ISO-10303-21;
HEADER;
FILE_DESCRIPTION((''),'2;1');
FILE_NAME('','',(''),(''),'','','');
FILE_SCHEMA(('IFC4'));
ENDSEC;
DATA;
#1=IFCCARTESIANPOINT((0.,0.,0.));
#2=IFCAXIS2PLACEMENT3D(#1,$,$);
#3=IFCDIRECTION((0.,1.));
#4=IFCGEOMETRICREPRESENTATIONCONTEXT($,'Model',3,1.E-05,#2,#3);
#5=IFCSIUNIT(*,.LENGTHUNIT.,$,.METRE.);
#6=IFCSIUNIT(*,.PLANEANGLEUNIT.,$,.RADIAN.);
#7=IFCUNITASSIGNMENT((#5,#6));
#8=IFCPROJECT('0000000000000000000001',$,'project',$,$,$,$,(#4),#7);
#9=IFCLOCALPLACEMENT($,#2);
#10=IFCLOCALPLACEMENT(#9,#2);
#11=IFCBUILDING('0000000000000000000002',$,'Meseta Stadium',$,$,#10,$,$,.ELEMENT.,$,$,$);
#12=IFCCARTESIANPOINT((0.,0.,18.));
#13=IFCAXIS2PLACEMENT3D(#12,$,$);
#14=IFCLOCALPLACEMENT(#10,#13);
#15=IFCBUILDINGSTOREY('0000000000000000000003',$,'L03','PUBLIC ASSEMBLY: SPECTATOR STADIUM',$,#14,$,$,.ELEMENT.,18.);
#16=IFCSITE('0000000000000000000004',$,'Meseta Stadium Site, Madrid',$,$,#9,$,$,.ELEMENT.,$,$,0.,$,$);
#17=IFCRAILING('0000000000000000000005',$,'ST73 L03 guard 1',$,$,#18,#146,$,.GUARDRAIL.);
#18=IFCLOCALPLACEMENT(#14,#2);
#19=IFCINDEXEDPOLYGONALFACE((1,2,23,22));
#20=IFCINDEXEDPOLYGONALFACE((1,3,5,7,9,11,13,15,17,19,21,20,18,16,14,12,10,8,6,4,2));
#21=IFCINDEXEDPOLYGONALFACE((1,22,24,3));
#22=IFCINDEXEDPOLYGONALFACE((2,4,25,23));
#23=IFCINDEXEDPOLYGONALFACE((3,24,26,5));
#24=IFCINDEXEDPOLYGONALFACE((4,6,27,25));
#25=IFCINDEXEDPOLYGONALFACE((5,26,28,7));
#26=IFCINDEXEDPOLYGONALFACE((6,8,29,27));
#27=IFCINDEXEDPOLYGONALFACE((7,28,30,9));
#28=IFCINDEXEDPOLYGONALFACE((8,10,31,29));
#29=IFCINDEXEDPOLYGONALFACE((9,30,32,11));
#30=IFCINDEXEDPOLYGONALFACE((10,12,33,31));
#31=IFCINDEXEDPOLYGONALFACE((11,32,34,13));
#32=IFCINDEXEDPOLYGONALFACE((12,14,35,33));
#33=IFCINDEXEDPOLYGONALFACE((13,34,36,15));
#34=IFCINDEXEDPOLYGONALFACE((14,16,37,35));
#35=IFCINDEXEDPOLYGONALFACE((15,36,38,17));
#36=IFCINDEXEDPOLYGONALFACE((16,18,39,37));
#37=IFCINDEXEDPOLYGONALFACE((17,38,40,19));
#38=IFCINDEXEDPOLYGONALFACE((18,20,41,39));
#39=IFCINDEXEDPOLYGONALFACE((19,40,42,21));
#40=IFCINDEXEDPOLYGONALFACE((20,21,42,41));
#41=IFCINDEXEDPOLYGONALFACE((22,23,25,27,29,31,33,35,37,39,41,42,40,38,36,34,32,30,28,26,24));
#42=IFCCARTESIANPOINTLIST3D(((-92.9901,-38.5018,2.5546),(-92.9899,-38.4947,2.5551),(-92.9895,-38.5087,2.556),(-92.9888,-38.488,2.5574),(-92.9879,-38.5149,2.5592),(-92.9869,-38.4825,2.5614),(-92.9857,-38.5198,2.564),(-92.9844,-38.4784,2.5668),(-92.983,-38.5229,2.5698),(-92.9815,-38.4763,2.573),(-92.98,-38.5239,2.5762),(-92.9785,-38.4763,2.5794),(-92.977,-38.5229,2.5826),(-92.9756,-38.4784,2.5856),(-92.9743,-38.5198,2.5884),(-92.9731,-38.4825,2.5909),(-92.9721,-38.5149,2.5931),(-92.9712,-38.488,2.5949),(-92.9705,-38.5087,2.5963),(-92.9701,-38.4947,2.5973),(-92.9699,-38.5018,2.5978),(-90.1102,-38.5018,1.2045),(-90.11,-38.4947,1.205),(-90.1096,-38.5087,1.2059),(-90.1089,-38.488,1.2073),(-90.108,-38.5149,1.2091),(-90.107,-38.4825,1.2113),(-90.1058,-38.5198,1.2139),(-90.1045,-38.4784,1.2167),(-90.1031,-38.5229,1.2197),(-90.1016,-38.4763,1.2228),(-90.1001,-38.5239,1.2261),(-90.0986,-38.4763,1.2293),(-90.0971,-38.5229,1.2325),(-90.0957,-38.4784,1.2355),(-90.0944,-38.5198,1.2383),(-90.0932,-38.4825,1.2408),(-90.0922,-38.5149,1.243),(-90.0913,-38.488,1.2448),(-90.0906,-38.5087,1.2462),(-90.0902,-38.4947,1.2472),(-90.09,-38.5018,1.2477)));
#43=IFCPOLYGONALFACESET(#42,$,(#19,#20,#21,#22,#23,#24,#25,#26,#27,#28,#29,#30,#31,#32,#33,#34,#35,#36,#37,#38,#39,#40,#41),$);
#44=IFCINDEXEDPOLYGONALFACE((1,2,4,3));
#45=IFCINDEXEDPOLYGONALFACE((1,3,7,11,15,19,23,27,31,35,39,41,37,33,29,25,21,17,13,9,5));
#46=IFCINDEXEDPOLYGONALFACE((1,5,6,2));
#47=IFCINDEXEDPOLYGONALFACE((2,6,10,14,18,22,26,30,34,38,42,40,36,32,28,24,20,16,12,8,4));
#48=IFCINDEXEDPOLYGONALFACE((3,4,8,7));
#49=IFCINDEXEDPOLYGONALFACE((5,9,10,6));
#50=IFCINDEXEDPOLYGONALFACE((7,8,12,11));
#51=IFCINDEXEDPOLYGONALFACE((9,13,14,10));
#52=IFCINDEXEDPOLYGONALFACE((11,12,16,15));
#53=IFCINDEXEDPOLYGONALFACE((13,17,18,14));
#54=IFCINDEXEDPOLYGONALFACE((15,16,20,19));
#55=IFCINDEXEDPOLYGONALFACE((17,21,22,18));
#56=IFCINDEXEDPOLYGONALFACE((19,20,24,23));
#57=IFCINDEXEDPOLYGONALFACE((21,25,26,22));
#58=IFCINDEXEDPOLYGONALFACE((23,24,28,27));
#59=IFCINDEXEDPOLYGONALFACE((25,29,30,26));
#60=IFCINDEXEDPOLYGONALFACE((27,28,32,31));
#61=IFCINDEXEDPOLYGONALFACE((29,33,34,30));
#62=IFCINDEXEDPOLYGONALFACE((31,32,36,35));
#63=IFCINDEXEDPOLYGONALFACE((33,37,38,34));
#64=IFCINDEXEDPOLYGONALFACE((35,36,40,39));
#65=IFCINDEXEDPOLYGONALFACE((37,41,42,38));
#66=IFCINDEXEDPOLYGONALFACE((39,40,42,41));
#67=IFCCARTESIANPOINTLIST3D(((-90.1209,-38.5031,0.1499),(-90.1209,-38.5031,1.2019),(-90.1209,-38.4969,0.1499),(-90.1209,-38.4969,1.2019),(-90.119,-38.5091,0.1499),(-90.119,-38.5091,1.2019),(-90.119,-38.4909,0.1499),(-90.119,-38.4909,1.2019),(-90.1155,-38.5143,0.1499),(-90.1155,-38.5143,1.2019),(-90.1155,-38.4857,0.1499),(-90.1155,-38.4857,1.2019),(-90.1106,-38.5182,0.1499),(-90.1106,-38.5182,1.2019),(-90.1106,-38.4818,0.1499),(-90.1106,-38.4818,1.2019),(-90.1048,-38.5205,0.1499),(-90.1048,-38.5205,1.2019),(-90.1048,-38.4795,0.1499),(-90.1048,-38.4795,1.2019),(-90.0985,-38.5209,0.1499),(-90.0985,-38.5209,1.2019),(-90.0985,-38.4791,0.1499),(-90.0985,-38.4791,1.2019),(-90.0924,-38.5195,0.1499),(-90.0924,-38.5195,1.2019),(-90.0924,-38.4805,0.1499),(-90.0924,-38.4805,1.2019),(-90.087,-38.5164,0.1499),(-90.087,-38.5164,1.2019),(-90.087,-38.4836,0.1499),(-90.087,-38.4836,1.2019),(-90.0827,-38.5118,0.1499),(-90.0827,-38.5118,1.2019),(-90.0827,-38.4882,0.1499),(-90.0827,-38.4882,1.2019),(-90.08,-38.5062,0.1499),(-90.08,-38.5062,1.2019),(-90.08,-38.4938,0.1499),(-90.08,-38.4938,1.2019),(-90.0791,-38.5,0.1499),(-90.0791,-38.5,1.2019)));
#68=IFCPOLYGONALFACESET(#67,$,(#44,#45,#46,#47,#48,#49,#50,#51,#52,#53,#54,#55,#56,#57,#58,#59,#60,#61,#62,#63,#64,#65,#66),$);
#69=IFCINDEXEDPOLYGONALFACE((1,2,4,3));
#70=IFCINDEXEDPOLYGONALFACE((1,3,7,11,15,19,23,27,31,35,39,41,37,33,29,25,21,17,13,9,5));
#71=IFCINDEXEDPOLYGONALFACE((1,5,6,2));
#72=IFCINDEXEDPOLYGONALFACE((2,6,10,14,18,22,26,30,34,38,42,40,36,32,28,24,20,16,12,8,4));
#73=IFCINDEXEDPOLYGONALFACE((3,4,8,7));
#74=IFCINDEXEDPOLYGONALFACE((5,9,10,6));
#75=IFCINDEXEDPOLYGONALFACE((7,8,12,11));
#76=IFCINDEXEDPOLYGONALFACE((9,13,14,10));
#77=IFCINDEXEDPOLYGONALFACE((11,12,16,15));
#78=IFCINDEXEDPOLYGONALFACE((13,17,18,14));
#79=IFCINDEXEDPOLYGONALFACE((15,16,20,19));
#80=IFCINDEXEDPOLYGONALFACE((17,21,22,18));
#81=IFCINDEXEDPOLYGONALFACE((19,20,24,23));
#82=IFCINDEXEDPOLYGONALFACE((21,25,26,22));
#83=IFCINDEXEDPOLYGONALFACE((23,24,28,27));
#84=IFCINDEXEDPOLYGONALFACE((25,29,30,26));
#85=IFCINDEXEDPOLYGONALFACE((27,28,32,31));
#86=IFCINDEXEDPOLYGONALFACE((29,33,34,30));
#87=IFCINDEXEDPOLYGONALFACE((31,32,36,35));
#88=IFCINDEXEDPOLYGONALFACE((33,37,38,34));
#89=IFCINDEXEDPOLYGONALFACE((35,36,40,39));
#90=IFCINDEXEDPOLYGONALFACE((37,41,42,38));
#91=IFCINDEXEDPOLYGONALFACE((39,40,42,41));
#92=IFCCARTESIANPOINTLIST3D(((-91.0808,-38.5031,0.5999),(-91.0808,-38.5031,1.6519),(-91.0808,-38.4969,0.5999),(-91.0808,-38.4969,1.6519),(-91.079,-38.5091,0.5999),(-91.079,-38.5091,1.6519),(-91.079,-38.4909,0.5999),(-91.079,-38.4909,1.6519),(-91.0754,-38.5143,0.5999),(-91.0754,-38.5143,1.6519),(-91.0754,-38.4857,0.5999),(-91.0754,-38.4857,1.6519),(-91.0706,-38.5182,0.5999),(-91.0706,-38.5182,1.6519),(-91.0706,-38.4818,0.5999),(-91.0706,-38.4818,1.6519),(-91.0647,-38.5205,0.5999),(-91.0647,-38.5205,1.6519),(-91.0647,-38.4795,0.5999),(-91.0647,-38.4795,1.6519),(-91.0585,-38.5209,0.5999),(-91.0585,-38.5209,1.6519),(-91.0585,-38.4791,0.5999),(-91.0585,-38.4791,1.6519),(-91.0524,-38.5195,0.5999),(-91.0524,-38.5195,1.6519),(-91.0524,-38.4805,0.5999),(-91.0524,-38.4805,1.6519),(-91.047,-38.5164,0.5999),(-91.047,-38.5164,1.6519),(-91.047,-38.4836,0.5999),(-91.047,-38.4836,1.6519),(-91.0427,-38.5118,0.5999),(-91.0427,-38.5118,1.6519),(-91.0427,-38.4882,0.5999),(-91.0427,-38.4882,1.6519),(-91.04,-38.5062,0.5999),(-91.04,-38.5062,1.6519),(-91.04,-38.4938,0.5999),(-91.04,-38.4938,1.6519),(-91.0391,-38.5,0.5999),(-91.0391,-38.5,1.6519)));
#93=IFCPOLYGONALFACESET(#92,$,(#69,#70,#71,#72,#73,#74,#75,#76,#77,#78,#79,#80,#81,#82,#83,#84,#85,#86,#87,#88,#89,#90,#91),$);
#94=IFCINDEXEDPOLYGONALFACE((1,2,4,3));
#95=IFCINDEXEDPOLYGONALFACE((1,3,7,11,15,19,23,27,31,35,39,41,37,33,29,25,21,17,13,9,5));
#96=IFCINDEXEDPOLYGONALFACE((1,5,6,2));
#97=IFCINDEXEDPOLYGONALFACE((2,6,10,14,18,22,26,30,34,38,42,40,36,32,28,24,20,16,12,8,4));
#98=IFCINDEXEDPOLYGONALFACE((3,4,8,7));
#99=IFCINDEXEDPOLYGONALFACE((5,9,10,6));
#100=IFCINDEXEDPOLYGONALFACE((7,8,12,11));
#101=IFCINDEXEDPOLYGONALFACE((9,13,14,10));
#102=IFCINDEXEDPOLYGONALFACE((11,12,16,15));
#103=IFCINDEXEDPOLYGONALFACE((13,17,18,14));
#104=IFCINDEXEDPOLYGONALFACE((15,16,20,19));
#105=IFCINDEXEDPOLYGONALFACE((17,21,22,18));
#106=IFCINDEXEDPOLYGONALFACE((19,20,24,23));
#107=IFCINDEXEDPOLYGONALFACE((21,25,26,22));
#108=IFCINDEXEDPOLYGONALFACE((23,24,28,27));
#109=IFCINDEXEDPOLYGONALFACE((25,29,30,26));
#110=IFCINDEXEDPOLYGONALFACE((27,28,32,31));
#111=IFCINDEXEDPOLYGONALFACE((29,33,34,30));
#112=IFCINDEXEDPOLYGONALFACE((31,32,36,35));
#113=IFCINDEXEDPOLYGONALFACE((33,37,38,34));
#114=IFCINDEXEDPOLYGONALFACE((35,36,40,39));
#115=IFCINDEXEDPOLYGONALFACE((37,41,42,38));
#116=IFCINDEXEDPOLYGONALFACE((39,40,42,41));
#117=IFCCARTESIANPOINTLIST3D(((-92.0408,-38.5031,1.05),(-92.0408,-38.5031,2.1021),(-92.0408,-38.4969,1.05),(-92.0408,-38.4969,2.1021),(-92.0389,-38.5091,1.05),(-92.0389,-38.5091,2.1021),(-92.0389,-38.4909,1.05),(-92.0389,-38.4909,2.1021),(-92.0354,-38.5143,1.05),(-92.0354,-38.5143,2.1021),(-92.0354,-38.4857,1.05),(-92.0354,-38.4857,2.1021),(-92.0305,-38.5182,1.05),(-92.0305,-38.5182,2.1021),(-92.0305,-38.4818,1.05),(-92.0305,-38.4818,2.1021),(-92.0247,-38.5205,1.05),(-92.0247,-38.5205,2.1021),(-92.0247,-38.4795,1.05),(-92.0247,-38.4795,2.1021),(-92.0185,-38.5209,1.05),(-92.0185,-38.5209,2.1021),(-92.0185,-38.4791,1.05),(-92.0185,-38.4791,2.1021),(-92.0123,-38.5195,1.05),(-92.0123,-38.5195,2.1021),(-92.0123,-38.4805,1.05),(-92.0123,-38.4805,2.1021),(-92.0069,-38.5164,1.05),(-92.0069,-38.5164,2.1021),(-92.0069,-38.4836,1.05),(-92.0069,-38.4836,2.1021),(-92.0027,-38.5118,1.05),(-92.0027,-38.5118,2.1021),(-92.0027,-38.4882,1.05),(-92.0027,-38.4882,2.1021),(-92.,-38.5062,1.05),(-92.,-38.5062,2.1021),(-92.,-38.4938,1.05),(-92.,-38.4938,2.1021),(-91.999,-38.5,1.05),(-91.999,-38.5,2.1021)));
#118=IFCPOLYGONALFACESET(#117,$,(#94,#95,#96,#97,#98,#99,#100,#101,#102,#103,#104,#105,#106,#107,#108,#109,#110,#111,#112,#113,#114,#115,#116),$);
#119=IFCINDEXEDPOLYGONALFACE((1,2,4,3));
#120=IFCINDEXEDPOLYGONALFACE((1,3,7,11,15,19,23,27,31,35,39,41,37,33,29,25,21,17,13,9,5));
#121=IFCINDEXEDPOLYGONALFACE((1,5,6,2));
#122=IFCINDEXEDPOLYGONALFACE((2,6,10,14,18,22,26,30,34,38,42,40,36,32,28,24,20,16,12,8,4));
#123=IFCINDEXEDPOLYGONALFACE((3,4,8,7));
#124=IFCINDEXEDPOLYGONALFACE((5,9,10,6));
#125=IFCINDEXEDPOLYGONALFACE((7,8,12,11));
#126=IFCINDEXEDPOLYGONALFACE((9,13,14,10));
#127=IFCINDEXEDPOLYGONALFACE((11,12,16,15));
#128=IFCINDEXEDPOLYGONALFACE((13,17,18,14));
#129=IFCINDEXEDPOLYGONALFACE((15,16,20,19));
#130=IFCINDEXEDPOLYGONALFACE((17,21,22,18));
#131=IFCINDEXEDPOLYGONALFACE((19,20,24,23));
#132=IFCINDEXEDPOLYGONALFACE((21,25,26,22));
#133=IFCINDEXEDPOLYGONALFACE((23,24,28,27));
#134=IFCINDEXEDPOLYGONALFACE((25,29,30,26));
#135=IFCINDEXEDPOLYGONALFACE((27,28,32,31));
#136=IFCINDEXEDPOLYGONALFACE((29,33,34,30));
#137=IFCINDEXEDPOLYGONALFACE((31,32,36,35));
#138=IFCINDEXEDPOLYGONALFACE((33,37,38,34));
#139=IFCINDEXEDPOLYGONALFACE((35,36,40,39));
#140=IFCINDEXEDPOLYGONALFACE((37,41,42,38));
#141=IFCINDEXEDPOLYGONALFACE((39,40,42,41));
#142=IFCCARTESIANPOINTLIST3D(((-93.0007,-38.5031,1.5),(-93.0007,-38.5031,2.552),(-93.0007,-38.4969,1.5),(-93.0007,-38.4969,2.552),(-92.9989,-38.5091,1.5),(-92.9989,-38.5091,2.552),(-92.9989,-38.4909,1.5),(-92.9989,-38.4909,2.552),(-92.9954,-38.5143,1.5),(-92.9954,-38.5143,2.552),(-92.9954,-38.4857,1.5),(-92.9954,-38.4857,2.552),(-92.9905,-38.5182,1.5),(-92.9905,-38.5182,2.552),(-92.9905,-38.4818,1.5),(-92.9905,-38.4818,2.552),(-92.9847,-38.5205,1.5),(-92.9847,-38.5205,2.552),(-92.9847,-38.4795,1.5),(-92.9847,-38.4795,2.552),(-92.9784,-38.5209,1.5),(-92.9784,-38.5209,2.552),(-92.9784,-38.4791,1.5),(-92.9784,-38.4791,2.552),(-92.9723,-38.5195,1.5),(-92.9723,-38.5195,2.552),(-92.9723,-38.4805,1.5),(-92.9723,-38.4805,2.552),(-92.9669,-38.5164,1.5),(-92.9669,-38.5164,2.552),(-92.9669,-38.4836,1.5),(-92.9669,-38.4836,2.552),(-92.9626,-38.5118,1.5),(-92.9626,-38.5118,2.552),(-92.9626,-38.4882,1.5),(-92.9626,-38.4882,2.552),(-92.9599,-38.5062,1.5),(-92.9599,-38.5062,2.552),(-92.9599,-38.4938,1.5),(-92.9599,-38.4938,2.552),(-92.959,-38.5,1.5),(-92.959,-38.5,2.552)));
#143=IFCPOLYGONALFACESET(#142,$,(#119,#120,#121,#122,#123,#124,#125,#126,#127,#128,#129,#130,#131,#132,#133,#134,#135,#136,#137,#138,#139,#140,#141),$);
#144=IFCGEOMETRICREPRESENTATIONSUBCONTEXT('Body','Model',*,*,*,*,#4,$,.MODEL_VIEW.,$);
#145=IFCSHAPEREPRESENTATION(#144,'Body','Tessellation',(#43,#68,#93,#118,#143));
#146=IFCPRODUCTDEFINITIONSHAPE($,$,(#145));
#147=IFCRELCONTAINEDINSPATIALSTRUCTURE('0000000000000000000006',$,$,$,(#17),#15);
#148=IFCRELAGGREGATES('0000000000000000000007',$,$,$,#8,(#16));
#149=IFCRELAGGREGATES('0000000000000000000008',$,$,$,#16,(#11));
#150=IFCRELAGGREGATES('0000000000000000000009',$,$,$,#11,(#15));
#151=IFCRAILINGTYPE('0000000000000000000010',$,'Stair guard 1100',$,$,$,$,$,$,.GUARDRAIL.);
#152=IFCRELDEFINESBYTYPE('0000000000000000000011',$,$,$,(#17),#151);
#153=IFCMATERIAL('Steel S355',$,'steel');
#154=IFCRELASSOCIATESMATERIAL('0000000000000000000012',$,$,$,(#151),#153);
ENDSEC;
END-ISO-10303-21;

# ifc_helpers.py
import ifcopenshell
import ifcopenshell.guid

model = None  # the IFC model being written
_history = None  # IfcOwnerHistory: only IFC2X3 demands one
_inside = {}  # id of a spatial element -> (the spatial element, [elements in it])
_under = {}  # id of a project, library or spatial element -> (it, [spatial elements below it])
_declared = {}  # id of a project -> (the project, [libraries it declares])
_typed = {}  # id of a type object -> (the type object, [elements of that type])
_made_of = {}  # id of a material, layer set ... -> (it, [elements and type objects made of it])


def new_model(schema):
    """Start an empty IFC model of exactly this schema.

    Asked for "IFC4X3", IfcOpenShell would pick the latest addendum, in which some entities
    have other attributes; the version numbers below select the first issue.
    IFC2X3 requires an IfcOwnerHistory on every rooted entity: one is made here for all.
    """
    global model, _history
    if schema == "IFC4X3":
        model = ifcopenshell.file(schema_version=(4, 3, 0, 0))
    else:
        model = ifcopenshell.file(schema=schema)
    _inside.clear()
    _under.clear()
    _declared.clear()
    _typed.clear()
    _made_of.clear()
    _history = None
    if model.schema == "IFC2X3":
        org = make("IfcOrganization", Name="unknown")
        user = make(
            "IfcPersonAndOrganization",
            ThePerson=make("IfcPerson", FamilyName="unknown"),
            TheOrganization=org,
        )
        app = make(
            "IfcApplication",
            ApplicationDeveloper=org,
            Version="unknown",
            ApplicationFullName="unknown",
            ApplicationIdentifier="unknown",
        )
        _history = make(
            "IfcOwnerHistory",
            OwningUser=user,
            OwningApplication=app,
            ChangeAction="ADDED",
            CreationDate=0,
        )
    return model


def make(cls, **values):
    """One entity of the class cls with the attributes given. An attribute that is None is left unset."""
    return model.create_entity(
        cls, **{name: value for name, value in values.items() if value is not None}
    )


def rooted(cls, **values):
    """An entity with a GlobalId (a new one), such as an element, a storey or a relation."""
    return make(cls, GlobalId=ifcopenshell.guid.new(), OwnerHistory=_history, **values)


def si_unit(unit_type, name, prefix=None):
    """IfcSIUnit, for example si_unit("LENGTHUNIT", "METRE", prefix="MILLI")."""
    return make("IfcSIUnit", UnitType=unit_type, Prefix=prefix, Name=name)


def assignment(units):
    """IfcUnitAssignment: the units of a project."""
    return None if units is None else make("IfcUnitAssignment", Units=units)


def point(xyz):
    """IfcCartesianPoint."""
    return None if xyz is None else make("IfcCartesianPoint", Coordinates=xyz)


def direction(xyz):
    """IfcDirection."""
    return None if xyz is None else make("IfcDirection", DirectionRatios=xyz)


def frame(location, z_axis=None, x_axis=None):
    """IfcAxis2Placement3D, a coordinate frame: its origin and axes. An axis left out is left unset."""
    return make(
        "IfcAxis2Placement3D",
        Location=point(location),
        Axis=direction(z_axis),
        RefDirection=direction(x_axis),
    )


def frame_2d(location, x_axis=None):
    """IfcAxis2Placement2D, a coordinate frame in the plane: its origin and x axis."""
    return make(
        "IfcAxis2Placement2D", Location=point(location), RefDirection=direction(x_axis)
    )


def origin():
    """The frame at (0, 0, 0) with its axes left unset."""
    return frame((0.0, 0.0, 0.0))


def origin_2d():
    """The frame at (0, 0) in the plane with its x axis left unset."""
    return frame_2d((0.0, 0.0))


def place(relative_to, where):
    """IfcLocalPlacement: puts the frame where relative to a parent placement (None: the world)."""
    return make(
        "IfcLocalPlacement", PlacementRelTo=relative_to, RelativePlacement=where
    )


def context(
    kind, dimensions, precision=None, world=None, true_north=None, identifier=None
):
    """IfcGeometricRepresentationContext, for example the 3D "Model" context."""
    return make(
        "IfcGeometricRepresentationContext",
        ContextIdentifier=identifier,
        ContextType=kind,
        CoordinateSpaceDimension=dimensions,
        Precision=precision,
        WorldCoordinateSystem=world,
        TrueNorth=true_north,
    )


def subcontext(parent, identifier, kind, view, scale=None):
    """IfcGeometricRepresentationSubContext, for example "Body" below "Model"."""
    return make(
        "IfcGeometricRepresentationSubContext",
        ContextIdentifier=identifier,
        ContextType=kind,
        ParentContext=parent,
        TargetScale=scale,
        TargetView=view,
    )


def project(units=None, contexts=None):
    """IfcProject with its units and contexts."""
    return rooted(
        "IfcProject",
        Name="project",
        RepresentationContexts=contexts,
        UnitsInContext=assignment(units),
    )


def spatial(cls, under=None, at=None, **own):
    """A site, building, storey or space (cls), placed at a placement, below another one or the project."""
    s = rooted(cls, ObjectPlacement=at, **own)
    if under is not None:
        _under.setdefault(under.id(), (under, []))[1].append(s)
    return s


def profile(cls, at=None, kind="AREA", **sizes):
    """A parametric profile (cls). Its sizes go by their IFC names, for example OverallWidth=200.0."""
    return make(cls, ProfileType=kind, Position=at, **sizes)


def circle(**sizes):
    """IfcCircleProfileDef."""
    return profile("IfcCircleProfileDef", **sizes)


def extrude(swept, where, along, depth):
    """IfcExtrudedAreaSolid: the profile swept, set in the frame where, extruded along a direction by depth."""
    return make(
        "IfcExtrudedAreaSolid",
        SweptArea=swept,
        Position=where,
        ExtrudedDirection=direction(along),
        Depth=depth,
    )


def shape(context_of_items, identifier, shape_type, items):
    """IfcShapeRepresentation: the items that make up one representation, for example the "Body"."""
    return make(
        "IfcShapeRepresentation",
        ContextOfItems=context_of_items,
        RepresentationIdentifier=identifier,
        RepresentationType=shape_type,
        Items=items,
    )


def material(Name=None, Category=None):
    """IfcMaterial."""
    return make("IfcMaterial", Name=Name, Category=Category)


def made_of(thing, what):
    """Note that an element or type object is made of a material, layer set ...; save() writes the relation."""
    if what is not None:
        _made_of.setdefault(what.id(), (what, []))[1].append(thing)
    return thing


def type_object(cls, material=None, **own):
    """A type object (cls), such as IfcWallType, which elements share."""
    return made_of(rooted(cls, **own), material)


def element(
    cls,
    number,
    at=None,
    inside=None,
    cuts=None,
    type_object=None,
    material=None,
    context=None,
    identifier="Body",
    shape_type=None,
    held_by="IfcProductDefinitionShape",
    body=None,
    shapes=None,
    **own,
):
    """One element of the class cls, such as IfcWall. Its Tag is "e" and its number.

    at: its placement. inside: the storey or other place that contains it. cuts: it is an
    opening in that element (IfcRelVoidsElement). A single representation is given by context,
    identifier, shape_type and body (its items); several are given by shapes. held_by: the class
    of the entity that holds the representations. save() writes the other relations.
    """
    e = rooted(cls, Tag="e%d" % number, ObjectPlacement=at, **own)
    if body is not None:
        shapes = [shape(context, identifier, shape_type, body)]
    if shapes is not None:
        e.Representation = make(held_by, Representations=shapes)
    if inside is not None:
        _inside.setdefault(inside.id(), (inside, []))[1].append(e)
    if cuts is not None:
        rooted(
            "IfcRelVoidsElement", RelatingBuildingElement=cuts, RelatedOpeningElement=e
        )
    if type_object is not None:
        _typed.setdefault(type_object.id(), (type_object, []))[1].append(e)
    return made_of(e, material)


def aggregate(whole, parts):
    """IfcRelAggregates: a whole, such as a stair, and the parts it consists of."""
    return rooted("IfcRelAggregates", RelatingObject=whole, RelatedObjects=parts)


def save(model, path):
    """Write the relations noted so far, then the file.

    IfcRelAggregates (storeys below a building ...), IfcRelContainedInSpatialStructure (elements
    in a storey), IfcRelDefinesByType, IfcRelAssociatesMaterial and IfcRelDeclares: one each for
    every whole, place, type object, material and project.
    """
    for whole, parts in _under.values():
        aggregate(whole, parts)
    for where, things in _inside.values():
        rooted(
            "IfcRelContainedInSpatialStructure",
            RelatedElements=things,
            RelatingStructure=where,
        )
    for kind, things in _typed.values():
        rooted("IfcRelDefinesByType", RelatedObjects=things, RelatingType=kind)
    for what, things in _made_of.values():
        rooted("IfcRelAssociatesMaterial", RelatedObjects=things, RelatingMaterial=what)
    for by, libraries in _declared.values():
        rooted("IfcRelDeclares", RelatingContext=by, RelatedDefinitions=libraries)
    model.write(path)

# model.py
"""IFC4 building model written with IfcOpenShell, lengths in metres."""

from ifc_helpers import new_model, si_unit, direction, frame, origin, origin_2d, place, context, subcontext, project, spatial, circle, extrude, material, type_object, element, save


model = new_model("IFC4")

# Units and contexts
model_context = context("Model", 3, precision=1e-05, world=origin(), true_north=direction((0.0, 1.0)))
body_context = subcontext(model_context, "Body", "Model", "MODEL_VIEW")
ifc_project = project(units=[si_unit("LENGTHUNIT", "METRE"), si_unit("PLANEANGLEUNIT", "RADIAN")], contexts=[model_context])

# Site, building, storey
site_placement = place(None, origin())
site = spatial("IfcSite", under=ifc_project, at=site_placement, Name="Meseta Stadium Site, Madrid", CompositionType="ELEMENT", RefElevation=0.0)
building_placement = place(site_placement, origin())
building = spatial("IfcBuilding", under=site, at=building_placement, Name="Meseta Stadium", CompositionType="ELEMENT")
storey_placement = place(building_placement, frame((0.0, 0.0, 18.0)))
storey = spatial("IfcBuildingStorey", under=building, at=storey_placement, Name="L03", Description="PUBLIC ASSEMBLY: SPECTATOR STADIUM", CompositionType="ELEMENT", Elevation=18.0)

# Railing
ifc_material_1 = material(Name="Steel S355", Category="steel")
railing_type_1 = type_object("IfcRailingType", Name="Stair guard 1100", PredefinedType="GUARDRAIL", material=ifc_material_1)
for number, where, name in (
    (1, (-90.1001, -38.5, 0.1499), "ST73 L03 guard 1"),
):
    element("IfcRailing", number, at=place(storey_placement, frame(where)), inside=storey, type_object=railing_type_1, Name=name, PredefinedType="GUARDRAIL", context=body_context, shape_type="SweptSolid", body=[
        extrude(circle(Radius=0.0239, at=origin_2d()), frame((0.0, 0.0, 1.0762), z_axis=(-0.90544, 0.0, 0.424473), x_axis=(0.0, -1.0, 0.0)), (0.0, 0.0, 1.0), 3.1807),
        extrude(circle(Radius=0.021, at=origin_2d()), origin(), (0.0, 0.0, 1.0), 1.052),
        extrude(circle(Radius=0.021, at=origin_2d()), frame((-0.96, 0.0, 0.45)), (0.0, 0.0, 1.0), 1.052),
        extrude(circle(Radius=0.021, at=origin_2d()), frame((-1.9199, 0.0, 0.9001)), (0.0, 0.0, 1.0), 1.052),
        extrude(circle(Radius=0.021, at=origin_2d()), frame((-2.8799, 0.0, 1.3501)), (0.0, 0.0, 1.0), 1.052),
    ])

save(model, "model.ifc")
